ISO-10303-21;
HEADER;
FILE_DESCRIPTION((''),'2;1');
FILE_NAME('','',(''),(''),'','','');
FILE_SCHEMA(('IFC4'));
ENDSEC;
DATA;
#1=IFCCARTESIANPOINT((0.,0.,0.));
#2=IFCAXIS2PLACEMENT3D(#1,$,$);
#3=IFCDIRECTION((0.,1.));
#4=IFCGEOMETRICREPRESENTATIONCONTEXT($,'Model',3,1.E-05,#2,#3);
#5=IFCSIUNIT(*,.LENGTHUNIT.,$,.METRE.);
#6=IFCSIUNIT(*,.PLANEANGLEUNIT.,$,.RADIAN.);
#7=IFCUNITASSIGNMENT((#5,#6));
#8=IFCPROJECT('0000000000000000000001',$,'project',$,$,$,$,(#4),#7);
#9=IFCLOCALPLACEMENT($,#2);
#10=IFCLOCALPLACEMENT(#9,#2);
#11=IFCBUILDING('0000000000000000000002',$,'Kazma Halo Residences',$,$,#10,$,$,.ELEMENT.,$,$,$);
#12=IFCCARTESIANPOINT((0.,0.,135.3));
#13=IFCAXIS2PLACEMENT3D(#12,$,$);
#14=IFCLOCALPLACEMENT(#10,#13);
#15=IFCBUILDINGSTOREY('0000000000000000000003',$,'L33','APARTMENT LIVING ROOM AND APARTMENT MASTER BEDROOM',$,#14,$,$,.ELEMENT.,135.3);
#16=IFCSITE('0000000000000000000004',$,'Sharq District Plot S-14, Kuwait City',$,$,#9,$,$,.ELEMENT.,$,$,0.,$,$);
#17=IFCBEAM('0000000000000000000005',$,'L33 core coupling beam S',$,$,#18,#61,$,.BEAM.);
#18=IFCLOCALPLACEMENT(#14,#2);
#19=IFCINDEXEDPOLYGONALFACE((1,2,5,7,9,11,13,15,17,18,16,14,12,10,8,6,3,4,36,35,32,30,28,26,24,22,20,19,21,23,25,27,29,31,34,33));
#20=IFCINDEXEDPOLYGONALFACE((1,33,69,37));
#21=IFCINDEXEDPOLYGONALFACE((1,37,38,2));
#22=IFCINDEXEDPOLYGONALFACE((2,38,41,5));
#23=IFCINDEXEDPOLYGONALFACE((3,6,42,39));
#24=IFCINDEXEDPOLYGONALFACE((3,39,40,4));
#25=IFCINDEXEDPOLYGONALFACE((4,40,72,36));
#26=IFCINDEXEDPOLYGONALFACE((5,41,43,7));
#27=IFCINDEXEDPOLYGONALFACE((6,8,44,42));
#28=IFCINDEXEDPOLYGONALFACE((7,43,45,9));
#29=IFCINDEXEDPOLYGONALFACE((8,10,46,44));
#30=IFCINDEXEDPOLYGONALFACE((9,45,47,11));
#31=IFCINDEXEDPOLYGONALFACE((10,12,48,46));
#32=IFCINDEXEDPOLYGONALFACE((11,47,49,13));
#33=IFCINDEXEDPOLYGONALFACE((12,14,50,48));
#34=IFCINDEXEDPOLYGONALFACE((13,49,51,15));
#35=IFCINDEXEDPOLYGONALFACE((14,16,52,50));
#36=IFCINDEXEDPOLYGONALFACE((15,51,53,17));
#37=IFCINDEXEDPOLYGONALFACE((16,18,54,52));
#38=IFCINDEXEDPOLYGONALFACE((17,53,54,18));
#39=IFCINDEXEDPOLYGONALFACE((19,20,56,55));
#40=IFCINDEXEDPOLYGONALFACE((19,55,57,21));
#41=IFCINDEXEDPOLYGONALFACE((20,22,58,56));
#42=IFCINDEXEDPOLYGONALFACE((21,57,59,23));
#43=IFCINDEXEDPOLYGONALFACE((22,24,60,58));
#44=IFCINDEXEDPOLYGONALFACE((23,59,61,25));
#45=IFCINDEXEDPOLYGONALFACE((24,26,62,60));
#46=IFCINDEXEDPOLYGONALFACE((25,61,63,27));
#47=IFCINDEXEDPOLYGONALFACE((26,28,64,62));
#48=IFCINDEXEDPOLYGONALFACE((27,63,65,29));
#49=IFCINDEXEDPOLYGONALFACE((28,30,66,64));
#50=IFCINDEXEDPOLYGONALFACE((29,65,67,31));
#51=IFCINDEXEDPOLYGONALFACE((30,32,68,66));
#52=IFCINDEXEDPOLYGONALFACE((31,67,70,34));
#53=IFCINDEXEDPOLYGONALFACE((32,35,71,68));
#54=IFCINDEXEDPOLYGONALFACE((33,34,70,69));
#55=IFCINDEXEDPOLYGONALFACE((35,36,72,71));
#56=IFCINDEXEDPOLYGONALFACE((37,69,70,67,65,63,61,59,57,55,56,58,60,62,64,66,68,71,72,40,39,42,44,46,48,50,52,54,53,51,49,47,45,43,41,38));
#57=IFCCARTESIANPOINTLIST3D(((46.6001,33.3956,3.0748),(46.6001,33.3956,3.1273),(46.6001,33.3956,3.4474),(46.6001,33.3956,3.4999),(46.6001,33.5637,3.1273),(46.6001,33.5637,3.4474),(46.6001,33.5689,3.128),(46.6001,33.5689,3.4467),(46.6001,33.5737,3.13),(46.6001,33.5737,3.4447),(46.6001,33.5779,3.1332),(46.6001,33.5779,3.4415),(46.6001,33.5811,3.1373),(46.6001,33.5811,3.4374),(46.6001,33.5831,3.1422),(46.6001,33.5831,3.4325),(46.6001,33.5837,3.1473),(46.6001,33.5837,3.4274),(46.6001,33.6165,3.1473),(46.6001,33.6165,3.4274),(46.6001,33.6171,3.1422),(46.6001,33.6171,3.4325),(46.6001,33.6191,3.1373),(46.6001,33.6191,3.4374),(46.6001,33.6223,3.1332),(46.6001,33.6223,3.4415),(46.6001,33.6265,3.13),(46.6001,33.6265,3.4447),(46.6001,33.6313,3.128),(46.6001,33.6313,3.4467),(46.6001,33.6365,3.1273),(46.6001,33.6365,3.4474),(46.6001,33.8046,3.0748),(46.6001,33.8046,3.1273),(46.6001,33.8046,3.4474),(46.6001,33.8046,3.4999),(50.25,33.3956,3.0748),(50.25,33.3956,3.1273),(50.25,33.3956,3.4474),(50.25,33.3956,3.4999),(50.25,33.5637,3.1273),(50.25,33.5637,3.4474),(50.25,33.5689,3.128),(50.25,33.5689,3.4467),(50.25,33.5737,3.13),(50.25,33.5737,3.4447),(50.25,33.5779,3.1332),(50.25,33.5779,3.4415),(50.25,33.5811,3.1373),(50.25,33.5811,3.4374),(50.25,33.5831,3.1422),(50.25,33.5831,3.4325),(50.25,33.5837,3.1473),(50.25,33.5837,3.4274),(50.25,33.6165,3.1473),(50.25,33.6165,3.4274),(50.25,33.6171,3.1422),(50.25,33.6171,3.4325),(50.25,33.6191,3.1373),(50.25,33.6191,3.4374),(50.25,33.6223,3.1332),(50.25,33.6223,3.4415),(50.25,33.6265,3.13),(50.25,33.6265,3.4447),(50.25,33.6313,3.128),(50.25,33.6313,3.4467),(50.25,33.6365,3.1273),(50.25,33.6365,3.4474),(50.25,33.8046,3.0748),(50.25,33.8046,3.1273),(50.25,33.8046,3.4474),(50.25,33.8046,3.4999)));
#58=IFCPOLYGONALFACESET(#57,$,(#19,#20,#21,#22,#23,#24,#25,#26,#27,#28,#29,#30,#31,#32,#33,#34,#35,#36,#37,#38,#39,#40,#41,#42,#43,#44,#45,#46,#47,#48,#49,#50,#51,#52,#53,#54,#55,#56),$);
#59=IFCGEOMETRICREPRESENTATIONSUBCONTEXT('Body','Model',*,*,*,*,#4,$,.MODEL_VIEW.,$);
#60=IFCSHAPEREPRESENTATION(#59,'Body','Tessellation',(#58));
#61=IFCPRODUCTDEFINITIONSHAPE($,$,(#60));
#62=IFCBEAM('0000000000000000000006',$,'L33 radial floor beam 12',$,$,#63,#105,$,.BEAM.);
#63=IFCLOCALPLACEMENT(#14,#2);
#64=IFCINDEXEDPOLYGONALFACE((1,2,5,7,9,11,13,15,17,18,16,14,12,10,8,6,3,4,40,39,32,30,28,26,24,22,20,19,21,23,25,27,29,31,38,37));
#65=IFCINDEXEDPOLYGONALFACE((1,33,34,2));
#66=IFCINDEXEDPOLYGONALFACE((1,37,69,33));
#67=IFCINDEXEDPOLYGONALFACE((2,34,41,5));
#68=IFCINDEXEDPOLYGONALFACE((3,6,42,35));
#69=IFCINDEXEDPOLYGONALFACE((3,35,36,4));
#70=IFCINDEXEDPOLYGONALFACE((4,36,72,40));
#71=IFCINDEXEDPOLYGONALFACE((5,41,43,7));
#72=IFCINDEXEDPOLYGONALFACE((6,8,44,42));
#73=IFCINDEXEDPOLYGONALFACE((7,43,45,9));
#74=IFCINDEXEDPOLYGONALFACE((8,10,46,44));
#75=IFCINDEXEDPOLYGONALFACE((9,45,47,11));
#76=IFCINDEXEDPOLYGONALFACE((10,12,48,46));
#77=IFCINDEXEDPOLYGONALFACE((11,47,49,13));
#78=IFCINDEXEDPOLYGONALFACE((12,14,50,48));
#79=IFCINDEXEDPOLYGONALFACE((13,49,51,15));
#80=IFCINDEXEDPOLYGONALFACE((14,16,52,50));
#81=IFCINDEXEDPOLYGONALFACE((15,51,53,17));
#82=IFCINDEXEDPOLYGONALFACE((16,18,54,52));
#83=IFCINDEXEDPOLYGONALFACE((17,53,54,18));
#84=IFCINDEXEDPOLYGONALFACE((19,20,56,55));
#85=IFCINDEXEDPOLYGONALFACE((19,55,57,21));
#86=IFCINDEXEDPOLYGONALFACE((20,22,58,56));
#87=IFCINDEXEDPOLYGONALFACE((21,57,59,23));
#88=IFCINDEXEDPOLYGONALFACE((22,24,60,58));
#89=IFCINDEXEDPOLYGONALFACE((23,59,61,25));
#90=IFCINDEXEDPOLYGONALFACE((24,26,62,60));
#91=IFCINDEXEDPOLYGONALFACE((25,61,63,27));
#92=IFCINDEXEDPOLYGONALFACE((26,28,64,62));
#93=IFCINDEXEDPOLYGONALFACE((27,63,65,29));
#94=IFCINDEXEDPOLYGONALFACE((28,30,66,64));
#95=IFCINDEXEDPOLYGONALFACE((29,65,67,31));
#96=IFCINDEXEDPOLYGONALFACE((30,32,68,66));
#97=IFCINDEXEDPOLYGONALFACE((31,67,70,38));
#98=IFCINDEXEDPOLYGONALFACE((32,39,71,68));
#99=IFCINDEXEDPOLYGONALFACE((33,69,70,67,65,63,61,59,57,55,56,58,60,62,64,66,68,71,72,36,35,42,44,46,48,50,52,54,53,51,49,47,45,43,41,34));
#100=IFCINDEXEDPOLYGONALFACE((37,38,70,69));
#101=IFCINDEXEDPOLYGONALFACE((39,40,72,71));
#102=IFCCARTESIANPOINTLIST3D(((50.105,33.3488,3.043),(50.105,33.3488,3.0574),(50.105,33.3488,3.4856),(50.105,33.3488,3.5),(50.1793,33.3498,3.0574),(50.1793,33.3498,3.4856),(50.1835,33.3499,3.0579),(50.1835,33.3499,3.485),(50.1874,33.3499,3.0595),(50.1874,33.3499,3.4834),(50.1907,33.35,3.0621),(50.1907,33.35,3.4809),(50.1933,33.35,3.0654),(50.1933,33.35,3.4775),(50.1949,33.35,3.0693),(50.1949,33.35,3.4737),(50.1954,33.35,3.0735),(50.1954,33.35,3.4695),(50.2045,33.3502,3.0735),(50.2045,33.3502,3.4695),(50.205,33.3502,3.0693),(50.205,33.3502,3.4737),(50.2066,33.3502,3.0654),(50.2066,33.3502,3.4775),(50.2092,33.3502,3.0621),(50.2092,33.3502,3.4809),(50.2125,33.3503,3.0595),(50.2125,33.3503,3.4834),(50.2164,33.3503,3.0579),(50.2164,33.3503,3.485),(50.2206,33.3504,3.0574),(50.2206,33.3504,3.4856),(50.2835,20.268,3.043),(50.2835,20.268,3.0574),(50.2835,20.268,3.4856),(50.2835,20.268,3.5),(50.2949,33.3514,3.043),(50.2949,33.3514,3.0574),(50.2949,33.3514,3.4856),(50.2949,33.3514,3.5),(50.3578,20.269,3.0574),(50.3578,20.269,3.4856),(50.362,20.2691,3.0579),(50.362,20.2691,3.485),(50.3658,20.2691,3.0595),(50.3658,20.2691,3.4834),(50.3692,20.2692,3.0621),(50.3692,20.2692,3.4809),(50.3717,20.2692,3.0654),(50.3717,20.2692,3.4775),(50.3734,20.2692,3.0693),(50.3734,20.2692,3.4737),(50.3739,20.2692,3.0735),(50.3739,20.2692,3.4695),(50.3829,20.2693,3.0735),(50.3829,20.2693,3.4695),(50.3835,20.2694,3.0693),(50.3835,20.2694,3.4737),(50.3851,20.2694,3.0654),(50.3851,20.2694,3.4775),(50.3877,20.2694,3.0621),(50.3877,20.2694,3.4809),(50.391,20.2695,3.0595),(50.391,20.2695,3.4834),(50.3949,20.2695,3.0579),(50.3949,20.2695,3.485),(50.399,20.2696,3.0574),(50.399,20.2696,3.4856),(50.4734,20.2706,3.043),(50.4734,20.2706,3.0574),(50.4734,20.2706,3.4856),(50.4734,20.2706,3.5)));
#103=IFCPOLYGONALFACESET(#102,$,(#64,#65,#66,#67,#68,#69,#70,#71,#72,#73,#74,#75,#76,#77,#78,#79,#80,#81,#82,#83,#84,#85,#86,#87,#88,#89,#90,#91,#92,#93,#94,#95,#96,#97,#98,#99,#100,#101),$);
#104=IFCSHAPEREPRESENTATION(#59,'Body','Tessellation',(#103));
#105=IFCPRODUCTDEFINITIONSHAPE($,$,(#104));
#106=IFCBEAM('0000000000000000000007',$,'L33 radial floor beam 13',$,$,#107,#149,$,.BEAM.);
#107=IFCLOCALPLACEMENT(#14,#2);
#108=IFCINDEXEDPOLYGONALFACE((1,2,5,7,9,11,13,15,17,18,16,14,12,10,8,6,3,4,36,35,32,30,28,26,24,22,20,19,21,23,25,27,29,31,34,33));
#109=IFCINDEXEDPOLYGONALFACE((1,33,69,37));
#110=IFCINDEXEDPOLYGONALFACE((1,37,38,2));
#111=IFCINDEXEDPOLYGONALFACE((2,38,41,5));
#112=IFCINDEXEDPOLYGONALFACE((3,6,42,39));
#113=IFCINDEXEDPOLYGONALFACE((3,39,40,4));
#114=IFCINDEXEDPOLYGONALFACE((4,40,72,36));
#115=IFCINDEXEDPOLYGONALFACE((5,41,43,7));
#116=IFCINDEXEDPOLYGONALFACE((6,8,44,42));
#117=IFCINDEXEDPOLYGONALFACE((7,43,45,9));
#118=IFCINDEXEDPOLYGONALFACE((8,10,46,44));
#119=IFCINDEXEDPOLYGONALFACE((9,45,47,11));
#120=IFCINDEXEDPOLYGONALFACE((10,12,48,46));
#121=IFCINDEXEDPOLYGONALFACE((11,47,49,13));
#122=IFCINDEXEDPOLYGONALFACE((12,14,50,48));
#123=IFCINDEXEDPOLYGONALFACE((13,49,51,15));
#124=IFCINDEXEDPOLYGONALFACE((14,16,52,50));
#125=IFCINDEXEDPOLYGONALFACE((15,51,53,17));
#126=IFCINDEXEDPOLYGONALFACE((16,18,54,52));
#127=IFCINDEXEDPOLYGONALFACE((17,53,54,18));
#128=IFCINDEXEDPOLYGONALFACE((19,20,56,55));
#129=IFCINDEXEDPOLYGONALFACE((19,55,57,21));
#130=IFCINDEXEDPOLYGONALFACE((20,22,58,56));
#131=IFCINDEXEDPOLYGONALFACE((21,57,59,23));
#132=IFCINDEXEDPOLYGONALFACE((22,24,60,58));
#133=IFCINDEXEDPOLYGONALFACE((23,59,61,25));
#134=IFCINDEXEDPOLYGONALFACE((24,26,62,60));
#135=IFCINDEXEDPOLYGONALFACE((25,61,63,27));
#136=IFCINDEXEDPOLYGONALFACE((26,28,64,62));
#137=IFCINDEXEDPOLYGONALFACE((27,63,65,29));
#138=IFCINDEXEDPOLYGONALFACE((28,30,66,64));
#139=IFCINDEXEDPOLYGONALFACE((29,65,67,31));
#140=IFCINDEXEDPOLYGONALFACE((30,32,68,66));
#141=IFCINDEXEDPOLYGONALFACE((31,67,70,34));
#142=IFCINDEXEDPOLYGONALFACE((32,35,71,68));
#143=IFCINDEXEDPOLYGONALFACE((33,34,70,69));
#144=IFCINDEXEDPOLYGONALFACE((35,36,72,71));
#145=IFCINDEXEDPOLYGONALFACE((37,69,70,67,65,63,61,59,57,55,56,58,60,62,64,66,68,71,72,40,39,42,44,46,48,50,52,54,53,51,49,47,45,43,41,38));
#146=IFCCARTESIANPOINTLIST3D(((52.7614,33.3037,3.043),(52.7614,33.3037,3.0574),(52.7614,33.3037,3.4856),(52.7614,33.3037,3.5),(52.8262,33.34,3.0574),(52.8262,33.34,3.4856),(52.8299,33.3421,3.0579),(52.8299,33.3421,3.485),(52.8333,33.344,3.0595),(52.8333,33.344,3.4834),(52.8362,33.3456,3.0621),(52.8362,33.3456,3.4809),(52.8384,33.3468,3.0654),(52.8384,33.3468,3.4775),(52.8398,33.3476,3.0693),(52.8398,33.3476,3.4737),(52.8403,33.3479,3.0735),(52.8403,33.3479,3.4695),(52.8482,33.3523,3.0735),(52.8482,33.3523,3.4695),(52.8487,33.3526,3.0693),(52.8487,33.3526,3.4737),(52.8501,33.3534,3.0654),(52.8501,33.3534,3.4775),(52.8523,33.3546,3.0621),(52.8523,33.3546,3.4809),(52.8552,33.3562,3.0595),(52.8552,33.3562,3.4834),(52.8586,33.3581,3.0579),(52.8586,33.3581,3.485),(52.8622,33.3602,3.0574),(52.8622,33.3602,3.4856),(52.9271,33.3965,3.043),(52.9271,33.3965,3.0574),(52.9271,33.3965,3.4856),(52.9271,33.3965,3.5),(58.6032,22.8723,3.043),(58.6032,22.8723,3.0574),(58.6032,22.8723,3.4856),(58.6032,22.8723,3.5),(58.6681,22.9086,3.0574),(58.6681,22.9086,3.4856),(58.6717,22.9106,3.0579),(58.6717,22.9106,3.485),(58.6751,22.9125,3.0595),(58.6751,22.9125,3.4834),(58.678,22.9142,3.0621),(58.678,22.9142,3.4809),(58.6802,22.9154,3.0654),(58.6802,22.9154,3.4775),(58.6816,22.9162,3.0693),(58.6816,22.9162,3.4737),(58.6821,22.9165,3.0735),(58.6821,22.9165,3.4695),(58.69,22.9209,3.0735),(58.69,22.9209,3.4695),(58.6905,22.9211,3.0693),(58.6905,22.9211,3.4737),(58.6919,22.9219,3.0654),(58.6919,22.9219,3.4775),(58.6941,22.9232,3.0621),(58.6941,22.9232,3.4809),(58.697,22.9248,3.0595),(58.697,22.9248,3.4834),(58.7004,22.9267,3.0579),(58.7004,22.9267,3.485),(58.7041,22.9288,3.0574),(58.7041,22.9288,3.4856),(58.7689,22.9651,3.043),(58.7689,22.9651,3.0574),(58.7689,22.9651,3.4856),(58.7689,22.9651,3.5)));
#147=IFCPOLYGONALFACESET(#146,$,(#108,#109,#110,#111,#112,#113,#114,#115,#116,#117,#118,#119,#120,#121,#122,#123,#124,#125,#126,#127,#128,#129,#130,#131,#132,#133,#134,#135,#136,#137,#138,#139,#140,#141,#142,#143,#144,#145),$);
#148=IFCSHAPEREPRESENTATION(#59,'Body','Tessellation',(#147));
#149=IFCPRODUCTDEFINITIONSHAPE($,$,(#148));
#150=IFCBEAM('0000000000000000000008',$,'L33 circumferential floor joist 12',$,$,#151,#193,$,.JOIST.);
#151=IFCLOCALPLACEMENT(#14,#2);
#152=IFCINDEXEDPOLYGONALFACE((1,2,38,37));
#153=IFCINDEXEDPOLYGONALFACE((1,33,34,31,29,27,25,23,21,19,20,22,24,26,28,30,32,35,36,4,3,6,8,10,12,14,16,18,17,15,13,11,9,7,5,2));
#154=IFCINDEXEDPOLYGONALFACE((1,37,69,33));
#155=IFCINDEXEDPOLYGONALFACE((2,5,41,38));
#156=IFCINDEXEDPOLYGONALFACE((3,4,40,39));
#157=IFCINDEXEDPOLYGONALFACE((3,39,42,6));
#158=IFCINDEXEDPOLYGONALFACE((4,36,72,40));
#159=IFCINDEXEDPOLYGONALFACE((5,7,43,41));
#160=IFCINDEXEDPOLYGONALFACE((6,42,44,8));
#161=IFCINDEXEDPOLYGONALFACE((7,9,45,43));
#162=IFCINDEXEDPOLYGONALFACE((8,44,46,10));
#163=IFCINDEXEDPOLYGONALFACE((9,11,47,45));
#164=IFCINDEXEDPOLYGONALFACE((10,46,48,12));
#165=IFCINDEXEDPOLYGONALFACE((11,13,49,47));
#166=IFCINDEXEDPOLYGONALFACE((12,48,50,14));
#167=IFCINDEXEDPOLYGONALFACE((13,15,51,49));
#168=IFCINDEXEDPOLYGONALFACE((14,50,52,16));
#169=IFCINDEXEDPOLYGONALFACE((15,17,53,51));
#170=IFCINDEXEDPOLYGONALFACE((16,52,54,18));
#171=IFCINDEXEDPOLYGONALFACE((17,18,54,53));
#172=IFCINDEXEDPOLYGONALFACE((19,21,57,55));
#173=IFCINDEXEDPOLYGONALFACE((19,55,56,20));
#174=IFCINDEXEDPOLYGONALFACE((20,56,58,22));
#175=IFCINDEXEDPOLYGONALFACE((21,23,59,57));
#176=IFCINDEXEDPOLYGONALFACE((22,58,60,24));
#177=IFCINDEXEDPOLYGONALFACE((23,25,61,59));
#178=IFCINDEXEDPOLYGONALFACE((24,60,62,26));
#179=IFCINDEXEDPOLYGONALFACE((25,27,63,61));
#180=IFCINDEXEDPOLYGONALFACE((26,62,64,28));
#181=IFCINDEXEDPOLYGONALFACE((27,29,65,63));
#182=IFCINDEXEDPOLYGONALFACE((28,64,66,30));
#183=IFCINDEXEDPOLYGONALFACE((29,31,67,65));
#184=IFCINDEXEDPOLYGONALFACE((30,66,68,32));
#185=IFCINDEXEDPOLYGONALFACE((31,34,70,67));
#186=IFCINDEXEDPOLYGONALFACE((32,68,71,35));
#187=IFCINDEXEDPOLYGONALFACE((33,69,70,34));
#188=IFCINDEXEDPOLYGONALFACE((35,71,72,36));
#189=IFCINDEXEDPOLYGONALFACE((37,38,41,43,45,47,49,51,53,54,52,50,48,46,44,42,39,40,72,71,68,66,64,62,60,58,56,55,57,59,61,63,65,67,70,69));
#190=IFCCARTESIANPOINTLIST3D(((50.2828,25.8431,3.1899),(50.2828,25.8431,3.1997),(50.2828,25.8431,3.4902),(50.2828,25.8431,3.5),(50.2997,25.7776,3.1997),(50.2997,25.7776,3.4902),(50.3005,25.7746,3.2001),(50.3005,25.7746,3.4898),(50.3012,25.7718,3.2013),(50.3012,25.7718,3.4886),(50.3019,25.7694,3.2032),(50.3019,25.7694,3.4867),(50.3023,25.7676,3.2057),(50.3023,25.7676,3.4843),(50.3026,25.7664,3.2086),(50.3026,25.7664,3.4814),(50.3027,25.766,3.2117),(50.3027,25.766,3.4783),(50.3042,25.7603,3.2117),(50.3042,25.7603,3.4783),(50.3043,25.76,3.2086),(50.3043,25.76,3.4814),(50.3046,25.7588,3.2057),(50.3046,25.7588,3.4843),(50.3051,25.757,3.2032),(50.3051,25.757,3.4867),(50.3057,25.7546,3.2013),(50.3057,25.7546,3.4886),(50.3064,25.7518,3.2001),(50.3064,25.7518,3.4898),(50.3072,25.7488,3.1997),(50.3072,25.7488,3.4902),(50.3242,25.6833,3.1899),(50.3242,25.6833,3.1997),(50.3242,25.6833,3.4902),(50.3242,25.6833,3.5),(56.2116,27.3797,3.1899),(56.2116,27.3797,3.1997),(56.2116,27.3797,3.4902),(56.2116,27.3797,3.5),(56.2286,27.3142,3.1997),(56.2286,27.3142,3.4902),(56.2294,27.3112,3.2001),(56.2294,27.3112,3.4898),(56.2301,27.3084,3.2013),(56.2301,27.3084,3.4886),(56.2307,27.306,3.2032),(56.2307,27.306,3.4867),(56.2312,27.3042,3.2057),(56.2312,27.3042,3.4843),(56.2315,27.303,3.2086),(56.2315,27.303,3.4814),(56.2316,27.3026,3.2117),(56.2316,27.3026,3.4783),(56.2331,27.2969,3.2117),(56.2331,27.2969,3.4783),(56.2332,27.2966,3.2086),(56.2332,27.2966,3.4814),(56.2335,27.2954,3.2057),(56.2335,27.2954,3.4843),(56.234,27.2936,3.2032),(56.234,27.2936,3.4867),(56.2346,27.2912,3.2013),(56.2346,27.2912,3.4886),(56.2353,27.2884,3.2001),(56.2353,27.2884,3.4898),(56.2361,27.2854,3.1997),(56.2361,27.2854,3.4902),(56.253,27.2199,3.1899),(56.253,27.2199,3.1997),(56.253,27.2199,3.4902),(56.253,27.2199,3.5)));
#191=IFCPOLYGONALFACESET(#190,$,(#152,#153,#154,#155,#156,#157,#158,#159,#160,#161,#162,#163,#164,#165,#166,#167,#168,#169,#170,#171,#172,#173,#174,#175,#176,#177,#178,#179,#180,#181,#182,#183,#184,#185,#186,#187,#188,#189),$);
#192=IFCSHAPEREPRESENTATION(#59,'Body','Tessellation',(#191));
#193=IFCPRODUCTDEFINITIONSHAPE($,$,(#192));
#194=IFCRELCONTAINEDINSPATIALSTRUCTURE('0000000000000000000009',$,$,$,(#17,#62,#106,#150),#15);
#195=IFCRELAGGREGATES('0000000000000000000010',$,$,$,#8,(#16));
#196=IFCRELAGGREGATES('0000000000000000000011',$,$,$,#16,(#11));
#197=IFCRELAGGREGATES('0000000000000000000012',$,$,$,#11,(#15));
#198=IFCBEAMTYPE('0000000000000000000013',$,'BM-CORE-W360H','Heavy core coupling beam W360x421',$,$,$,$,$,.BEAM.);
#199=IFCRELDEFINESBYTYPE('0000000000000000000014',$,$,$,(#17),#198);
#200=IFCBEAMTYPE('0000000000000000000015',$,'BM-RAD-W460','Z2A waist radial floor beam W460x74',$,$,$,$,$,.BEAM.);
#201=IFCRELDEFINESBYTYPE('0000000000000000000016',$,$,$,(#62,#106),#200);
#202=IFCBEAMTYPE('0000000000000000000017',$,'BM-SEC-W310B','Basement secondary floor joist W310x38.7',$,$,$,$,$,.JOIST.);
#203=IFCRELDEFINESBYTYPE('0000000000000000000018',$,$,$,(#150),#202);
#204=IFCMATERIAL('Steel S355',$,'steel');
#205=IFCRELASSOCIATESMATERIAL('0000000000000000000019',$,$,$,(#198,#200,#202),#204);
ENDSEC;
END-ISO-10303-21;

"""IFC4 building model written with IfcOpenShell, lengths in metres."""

from ifc_helpers import new_model, si_unit, direction, frame, origin, origin_2d, place, context, subcontext, project, spatial, i_section, extrude, material, material_profile, profile_set, type_object, element, save


model = new_model("IFC4")

# Units and contexts
model_context = context("Model", 3, precision=1e-05, world=origin(), true_north=direction((0.0, 1.0)))
body_context = subcontext(model_context, "Body", "Model", "MODEL_VIEW")
ifc_project = project(units=[si_unit("LENGTHUNIT", "METRE"), si_unit("PLANEANGLEUNIT", "RADIAN")], contexts=[model_context])

# Site, building, storey
site_placement = place(None, origin())
site = spatial("IfcSite", under=ifc_project, at=site_placement, Name="Sharq District Plot S-14, Kuwait City", CompositionType="ELEMENT", RefElevation=0.0)
building_placement = place(site_placement, origin())
building = spatial("IfcBuilding", under=site, at=building_placement, Name="Kazma Halo Residences", CompositionType="ELEMENT")
storey_placement = place(building_placement, frame((0.0, 0.0, 135.3)))
storey = spatial("IfcBuildingStorey", under=building, at=storey_placement, Name="L33", Description="APARTMENT LIVING ROOM AND APARTMENT MASTER BEDROOM", CompositionType="ELEMENT", Elevation=135.3)

# Beams
ifc_material_1 = material(Name="Steel S355", Category="steel")
ifc_material_profile_1 = material_profile(ifc_material_1, i_section(OverallWidth=0.4089, OverallDepth=0.425, WebThickness=0.0327, FlangeThickness=0.0525, FilletRadius=0.02, at=origin_2d()), Name="W360x421")
ifc_profile_set_1 = profile_set([ifc_material_profile_1], Name="Steel S355")
beam_type_1 = type_object("IfcBeamType", Name="BM-CORE-W360H", Description="Heavy core coupling beam W360x421", PredefinedType="BEAM", material=ifc_profile_set_1)
beam_1_placement = place(storey_placement, frame((46.6001, 33.6001, 3.2874), z_axis=(1.0, 0.0, 0.0), x_axis=(0.0, 1.0, 0.0)))
element("IfcBeam", 1, at=beam_1_placement, inside=storey, type_object=beam_type_1, Name="L33 core coupling beam S", PredefinedType="BEAM", context=body_context, shape_type="SweptSolid", body=[
    extrude(i_section(OverallWidth=0.4089, OverallDepth=0.425, WebThickness=0.0327, FlangeThickness=0.0525, FilletRadius=0.02, at=origin_2d()), origin(), (0.0, 0.0, 1.0), 3.6499),
])
ifc_material_profile_2 = material_profile(ifc_material_1, i_section(OverallWidth=0.1899, OverallDepth=0.457, WebThickness=0.009, FlangeThickness=0.0144, FilletRadius=0.0161, at=origin_2d()), Name="W460x74")
ifc_profile_set_2 = profile_set([ifc_material_profile_2], Name="Steel S355")
beam_type_2 = type_object("IfcBeamType", Name="BM-RAD-W460", Description="Z2A waist radial floor beam W460x74", PredefinedType="BEAM", material=ifc_profile_set_2)
beam_2_placement = place(storey_placement, frame((50.2, 33.3501, 3.2715), z_axis=(0.013642, -0.999907, 0.0), x_axis=(0.999907, 0.013642, 0.0)))
element("IfcBeam", 2, at=beam_2_placement, inside=storey, type_object=beam_type_2, Name="L33 radial floor beam 12", PredefinedType="BEAM", context=body_context, shape_type="SweptSolid", body=[
    extrude(i_section(OverallWidth=0.1899, OverallDepth=0.457, WebThickness=0.009, FlangeThickness=0.0144, FilletRadius=0.0161, at=origin_2d()), origin(), (0.0, 0.0, 1.0), 13.082),
])
beam_3_placement = place(storey_placement, frame((52.8442, 33.3501, 3.2715), z_axis=(0.488617, -0.872498, 0.0), x_axis=(0.872498, 0.488617, 0.0)))
element("IfcBeam", 3, at=beam_3_placement, inside=storey, type_object=beam_type_2, Name="L33 radial floor beam 13", PredefinedType="BEAM", context=body_context, shape_type="SweptSolid", body=[
    extrude(i_section(OverallWidth=0.1899, OverallDepth=0.457, WebThickness=0.009, FlangeThickness=0.0144, FilletRadius=0.0161, at=origin_2d()), origin(), (0.0, 0.0, 1.0), 11.9558),
])
ifc_material_profile_3 = material_profile(ifc_material_1, i_section(OverallWidth=0.165, OverallDepth=0.3101, WebThickness=0.0059, FlangeThickness=0.0098, FilletRadius=0.012, at=origin_2d()), Name="W310x38.7")
ifc_profile_set_3 = profile_set([ifc_material_profile_3], Name="Steel S355")
beam_type_3 = type_object("IfcBeamType", Name="BM-SEC-W310B", Description="Basement secondary floor joist W310x38.7", PredefinedType="JOIST", material=ifc_profile_set_3)
beam_4_placement = place(storey_placement, frame((50.3035, 25.7632, 3.345), z_axis=(0.968017, 0.250883, 0.0), x_axis=(-0.250883, 0.968017, 0.0)))
element("IfcBeam", 4, at=beam_4_placement, inside=storey, type_object=beam_type_3, Name="L33 circumferential floor joist 12", PredefinedType="JOIST", context=body_context, shape_type="SweptSolid", body=[
    extrude(i_section(OverallWidth=0.165, OverallDepth=0.3101, WebThickness=0.0059, FlangeThickness=0.0098, FilletRadius=0.012, at=origin_2d()), origin(), (0.0, 0.0, 1.0), 6.1248),
])

save(model, "model.ifc")
